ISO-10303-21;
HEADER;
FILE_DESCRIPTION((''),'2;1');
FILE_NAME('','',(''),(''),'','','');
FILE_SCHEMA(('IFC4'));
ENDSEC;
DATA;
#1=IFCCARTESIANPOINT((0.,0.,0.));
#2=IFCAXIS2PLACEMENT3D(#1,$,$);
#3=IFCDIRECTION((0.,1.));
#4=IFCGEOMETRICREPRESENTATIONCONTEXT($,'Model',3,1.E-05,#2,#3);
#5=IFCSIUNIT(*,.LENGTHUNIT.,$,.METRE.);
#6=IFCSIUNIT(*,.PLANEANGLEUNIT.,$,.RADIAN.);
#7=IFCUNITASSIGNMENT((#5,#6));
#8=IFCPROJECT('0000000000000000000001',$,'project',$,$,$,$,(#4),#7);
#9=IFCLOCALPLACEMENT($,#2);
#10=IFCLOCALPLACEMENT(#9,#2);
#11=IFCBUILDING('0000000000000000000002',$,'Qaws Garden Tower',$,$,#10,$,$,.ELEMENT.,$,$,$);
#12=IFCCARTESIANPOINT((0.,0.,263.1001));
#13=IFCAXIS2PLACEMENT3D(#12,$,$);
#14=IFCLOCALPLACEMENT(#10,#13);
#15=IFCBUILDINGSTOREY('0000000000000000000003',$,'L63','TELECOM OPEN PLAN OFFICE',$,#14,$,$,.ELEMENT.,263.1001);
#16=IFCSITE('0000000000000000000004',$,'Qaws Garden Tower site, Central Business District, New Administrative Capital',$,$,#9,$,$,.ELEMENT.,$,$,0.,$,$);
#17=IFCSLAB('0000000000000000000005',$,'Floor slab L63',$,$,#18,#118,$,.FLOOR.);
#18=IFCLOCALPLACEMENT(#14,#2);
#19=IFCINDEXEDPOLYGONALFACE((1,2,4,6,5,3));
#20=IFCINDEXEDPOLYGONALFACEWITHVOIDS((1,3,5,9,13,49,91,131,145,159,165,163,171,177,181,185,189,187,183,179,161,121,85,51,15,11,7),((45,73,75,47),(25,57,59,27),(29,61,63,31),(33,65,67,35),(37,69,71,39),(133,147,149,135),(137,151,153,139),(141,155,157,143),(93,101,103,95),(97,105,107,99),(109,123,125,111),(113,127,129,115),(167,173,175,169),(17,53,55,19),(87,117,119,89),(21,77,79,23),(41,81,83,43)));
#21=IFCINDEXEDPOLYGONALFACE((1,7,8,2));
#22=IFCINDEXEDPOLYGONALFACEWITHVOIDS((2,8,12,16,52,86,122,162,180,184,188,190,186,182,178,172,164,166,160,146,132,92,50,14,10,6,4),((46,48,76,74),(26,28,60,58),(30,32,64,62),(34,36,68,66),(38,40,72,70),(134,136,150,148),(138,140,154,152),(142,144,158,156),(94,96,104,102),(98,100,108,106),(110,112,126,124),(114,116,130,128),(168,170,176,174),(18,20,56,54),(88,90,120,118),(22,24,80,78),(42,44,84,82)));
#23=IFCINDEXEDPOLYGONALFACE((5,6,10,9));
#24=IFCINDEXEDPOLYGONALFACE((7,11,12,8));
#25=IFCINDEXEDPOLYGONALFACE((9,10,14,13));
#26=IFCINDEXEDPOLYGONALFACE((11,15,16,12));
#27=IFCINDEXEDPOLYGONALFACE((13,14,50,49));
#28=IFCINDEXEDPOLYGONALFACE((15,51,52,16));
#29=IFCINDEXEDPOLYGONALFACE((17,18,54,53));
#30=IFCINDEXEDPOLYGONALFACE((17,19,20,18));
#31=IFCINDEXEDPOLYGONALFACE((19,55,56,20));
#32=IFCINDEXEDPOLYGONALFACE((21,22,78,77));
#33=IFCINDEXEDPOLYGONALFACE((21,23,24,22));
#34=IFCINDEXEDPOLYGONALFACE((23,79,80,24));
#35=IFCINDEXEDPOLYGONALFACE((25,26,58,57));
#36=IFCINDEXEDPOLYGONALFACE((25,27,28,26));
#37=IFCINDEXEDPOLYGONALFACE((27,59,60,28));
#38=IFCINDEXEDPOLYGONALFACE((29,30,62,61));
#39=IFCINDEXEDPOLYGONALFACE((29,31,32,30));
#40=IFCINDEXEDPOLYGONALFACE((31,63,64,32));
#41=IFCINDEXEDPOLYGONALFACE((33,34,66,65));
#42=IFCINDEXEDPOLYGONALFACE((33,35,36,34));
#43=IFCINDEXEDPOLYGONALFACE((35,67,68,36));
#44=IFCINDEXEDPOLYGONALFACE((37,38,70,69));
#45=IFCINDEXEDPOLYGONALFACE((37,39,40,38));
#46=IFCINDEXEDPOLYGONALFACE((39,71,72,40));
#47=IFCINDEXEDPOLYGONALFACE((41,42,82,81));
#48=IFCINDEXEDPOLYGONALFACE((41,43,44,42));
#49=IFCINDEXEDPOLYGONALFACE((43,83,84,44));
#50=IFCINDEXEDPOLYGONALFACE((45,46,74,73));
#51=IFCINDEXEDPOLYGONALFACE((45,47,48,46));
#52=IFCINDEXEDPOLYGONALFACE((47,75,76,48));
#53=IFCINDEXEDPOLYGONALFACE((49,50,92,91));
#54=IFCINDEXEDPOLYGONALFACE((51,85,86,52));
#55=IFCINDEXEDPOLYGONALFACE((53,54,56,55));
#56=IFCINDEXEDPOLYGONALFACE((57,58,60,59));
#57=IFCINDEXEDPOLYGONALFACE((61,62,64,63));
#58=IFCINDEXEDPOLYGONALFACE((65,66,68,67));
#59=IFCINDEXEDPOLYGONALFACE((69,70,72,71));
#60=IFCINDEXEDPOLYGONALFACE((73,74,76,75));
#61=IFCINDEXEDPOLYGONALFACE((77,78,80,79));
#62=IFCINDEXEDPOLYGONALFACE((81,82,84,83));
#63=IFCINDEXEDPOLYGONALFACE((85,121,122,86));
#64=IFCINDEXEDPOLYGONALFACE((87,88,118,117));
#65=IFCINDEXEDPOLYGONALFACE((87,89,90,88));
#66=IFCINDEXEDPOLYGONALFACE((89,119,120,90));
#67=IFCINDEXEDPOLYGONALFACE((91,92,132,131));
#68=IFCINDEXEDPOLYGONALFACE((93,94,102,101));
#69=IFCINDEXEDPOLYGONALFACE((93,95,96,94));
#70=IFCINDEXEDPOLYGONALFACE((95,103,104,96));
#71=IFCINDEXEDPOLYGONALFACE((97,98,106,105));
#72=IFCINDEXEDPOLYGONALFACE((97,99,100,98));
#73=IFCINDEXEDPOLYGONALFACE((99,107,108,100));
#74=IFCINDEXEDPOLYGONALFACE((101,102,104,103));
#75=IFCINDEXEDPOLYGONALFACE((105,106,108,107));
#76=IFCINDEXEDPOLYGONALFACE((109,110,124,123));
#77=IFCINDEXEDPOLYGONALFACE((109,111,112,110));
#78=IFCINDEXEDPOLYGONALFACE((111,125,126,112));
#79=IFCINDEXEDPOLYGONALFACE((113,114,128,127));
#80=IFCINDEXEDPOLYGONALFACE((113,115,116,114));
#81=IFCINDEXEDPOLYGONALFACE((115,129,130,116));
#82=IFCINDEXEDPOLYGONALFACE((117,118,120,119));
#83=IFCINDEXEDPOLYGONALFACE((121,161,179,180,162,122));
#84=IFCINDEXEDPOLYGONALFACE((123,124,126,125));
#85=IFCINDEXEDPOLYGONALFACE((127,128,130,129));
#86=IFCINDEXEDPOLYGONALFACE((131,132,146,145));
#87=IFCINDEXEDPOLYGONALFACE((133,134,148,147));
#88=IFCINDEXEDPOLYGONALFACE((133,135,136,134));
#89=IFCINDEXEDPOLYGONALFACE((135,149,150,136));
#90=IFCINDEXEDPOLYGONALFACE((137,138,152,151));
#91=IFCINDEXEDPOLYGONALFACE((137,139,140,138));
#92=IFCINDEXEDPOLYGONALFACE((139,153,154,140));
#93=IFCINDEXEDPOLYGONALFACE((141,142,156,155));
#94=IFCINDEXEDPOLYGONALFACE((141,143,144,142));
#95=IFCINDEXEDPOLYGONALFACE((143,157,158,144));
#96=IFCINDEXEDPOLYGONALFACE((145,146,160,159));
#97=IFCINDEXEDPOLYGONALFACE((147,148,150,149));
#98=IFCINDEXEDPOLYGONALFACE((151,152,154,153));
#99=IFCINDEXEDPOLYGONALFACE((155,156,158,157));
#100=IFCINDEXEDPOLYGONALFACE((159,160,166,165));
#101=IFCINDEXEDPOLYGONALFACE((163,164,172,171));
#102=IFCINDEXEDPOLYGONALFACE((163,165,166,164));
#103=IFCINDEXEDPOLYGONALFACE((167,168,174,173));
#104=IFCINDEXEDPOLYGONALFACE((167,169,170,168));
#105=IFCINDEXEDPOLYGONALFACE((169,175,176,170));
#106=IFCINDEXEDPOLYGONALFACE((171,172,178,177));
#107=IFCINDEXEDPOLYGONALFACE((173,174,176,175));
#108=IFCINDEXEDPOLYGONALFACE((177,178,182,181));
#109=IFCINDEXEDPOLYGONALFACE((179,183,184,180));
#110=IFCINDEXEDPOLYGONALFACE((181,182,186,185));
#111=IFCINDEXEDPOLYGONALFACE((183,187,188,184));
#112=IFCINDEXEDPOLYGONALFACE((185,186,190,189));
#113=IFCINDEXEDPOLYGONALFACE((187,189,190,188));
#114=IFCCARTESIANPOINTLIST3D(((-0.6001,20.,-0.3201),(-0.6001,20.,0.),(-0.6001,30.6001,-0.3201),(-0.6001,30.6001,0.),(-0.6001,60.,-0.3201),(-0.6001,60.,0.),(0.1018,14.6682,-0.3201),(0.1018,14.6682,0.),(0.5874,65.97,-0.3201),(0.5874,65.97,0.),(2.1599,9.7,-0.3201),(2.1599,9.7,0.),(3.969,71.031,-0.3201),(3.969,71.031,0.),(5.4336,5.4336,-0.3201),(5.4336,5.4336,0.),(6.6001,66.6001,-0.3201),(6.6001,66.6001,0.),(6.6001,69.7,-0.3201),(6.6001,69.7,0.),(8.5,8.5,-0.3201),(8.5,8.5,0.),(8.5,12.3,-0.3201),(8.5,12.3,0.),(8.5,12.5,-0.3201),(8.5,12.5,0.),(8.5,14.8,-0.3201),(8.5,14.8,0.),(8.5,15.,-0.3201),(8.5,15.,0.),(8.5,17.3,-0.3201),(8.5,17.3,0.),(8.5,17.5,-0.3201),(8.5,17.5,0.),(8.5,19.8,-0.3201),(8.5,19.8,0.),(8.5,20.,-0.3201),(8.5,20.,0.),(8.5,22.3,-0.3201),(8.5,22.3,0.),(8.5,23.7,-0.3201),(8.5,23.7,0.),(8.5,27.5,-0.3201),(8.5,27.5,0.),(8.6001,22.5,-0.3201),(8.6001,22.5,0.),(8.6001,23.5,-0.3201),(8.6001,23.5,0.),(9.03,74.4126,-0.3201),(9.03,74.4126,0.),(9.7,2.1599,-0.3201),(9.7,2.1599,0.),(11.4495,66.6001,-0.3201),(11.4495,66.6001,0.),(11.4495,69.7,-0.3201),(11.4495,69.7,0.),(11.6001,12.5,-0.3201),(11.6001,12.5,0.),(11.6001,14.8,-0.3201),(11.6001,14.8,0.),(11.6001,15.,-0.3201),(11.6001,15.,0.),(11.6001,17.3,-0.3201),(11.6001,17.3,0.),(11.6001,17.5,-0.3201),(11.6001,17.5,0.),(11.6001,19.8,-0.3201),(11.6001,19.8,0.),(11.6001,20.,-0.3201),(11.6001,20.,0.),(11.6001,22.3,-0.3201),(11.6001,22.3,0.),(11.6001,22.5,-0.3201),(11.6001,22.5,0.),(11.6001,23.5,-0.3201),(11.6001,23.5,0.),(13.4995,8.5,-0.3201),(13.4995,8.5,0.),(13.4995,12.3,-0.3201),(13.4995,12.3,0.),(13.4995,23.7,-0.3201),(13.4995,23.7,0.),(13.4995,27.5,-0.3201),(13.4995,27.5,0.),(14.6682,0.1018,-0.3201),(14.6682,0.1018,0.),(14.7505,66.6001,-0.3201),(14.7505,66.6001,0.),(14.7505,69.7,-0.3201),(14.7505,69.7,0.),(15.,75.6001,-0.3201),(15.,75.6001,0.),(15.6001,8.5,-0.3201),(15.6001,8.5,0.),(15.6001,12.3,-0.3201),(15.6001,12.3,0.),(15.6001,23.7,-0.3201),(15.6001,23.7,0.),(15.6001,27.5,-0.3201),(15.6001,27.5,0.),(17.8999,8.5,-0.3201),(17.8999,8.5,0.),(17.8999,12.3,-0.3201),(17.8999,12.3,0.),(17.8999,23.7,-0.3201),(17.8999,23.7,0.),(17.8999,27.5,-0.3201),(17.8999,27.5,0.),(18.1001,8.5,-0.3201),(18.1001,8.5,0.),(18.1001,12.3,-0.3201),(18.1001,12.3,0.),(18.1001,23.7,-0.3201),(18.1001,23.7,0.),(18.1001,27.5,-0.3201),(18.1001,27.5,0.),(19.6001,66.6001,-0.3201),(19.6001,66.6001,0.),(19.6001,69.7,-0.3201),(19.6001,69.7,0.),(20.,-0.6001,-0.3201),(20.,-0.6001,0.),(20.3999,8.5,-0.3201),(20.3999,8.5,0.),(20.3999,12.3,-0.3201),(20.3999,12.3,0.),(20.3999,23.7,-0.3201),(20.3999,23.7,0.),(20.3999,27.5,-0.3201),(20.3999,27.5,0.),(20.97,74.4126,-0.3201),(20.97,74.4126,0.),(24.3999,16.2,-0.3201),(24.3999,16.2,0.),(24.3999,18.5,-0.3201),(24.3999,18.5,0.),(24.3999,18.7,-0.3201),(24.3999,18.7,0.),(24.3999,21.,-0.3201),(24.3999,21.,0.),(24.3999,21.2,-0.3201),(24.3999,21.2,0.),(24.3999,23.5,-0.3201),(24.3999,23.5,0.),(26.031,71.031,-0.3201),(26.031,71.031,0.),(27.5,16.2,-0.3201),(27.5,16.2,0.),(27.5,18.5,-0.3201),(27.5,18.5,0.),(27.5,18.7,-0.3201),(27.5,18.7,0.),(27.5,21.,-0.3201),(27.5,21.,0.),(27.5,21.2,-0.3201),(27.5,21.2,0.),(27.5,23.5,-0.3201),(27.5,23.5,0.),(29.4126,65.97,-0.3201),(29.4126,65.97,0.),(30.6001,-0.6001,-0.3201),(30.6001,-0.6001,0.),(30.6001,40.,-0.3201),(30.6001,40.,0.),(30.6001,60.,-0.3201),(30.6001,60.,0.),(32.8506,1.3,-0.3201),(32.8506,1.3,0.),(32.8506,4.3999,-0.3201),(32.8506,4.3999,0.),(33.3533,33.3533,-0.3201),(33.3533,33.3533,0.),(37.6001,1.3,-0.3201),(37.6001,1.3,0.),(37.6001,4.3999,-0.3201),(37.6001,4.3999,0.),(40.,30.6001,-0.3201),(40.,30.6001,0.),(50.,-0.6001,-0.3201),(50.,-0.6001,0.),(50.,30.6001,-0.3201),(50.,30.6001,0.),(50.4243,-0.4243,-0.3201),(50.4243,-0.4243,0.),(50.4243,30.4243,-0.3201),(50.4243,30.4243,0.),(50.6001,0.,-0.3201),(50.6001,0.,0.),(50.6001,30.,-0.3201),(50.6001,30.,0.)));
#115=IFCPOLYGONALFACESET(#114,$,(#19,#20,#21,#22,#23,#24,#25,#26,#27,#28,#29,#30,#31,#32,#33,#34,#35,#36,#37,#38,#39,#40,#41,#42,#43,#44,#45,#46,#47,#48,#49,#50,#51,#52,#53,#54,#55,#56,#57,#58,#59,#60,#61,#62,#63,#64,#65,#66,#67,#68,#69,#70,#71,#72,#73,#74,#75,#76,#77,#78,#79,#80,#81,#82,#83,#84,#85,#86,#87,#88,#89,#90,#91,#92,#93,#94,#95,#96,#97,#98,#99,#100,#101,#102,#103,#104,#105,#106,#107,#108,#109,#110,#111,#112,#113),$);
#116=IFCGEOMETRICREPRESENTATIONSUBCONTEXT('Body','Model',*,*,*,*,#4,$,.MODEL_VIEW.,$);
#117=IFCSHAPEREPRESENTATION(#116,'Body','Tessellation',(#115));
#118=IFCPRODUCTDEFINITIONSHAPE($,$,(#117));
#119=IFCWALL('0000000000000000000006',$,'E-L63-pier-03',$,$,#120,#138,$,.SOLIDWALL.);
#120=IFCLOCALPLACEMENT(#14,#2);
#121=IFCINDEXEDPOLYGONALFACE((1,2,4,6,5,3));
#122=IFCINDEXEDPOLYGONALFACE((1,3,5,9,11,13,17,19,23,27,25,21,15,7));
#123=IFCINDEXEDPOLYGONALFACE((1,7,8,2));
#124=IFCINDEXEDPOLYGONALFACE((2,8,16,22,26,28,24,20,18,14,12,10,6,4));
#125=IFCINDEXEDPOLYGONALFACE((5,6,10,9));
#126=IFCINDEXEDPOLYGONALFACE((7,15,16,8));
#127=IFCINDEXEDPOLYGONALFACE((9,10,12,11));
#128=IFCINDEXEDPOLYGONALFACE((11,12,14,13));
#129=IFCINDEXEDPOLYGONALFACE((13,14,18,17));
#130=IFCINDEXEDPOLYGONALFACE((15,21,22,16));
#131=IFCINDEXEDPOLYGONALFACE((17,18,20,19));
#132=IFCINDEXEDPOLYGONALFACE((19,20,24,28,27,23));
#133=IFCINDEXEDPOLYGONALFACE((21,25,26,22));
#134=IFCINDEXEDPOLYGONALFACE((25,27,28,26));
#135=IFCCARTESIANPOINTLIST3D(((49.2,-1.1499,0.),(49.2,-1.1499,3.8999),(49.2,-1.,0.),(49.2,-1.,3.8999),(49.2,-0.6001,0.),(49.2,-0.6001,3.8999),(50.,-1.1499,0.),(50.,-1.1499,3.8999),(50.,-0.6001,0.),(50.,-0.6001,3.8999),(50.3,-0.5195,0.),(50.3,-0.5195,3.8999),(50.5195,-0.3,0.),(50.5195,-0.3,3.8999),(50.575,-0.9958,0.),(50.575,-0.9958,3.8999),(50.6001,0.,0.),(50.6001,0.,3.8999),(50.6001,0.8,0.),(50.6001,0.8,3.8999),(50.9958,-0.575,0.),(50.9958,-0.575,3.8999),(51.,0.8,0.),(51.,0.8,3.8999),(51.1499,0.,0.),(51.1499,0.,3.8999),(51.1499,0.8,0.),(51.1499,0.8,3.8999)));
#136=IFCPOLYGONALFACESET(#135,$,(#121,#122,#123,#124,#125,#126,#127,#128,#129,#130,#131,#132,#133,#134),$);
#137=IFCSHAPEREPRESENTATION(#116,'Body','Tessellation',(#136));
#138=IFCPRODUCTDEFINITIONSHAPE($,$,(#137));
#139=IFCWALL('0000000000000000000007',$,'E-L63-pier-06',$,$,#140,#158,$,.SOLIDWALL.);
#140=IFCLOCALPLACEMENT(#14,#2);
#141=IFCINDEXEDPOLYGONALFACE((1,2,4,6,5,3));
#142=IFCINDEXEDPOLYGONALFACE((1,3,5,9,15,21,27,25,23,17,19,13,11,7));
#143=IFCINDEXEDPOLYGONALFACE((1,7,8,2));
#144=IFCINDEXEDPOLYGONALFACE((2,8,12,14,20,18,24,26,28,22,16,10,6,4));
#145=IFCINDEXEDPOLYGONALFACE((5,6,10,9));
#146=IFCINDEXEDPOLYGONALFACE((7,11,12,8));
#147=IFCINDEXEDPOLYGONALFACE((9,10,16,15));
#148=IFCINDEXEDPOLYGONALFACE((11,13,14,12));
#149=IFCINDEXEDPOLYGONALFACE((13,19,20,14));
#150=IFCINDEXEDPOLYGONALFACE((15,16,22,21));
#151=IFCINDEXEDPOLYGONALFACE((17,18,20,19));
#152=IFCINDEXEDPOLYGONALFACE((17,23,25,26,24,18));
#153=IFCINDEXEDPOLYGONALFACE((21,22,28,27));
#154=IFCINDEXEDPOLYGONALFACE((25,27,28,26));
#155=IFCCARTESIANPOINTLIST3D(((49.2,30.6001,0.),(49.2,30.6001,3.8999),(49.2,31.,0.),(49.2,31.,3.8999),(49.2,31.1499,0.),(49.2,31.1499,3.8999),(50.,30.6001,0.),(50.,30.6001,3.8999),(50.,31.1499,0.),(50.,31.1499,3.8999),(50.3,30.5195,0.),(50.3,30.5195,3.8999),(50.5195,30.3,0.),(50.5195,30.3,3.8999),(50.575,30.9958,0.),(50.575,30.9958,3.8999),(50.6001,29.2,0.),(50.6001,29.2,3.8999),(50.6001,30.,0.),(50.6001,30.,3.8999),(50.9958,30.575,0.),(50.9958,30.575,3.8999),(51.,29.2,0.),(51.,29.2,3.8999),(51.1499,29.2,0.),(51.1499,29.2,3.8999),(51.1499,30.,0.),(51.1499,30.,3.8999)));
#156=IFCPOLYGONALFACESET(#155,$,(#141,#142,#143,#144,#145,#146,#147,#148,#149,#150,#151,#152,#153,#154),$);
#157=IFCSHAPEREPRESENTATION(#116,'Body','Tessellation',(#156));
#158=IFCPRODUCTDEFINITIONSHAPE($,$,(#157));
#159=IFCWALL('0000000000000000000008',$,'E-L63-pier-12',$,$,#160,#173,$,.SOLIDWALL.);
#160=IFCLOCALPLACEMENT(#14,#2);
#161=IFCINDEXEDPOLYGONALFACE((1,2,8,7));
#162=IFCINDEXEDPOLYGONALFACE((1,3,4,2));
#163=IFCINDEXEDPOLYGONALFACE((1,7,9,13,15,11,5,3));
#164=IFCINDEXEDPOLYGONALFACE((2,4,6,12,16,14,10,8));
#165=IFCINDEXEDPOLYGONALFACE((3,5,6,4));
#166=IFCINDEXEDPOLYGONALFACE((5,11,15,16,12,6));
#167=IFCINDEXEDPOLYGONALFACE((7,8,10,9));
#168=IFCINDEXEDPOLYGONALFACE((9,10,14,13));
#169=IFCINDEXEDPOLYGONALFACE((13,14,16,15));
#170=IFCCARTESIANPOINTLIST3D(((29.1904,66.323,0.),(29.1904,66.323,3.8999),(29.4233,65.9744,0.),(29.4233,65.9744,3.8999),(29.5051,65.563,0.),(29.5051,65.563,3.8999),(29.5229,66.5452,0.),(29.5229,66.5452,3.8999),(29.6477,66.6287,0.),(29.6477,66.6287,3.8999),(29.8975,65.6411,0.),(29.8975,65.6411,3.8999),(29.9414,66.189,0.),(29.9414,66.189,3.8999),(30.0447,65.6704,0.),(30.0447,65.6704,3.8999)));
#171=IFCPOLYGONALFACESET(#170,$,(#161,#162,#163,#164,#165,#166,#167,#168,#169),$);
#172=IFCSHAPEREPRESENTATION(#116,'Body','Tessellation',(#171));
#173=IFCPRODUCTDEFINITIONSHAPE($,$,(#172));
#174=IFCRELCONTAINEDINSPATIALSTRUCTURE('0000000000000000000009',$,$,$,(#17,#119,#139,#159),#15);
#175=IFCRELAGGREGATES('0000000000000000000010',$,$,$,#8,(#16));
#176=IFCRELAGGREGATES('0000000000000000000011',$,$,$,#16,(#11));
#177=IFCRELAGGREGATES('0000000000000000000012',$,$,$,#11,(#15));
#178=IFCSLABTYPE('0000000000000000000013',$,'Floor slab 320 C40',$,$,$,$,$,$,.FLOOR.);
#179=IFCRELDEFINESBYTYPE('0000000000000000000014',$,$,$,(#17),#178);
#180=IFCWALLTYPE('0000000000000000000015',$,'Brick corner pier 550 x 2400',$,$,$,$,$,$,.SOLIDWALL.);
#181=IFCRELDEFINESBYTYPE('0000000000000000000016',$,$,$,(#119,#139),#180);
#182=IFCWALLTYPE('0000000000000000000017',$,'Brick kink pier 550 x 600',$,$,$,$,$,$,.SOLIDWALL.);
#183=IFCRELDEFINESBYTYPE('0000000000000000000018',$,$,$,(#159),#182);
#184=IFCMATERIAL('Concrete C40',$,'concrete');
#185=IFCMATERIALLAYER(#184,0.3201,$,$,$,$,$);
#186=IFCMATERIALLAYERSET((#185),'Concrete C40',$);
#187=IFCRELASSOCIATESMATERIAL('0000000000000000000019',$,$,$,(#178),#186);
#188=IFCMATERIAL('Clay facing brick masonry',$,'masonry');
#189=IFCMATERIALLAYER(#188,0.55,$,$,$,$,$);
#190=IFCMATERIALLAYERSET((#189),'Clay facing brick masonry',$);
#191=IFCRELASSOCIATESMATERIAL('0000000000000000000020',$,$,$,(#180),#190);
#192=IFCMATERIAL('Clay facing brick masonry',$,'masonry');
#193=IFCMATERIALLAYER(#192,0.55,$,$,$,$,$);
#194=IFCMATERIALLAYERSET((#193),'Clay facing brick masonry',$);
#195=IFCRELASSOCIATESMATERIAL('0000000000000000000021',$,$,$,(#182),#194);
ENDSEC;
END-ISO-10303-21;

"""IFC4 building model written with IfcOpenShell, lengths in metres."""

from ifc_helpers import new_model, si_unit, direction, frame, origin, place, context, subcontext, project, spatial, polyline, outline, extrude, material, layer, layer_set, type_object, element, save


model = new_model("IFC4")

# Units and contexts
model_context = context("Model", 3, precision=1e-05, world=origin(), true_north=direction((0.0, 1.0)))
body_context = subcontext(model_context, "Body", "Model", "MODEL_VIEW")
ifc_project = project(units=[si_unit("LENGTHUNIT", "METRE"), si_unit("PLANEANGLEUNIT", "RADIAN")], contexts=[model_context])

# Site, building, storey
site_placement = place(None, origin())
site = spatial("IfcSite", under=ifc_project, at=site_placement, Name="Qaws Garden Tower site, Central Business District, New Administrative Capital", CompositionType="ELEMENT", RefElevation=0.0)
building_placement = place(site_placement, origin())
building = spatial("IfcBuilding", under=site, at=building_placement, Name="Qaws Garden Tower", CompositionType="ELEMENT")
storey_placement = place(building_placement, frame((0.0, 0.0, 263.1001)))
storey = spatial("IfcBuildingStorey", under=building, at=storey_placement, Name="L63", Description="TELECOM OPEN PLAN OFFICE", CompositionType="ELEMENT", Elevation=263.1001)

# Slab
ifc_material_1 = material(Name="Concrete C40", Category="concrete")
ifc_layer_1 = layer(ifc_material_1, 0.3201)
ifc_layer_set_1 = layer_set([ifc_layer_1], Name="Concrete C40")
slab_type = type_object("IfcSlabType", Name="Floor slab 320 C40", PredefinedType="FLOOR", material=ifc_layer_set_1)
slab_placement = place(storey_placement, frame((0.0, 0.0, -0.3201)))
element("IfcSlab", 1, at=slab_placement, inside=storey, type_object=slab_type, Name="Floor slab L63", PredefinedType="FLOOR", context=body_context, shape_type="SweptSolid", body=[
    extrude(outline(polyline([(0.1018, 14.6682), (-0.6001, 20.0), (-0.6001, 30.6001), (-0.6001, 60.0), (-0.6001, 60.0), (0.5874, 65.97), (3.969, 71.031), (9.03, 74.4126), (15.0, 75.6001), (20.97, 74.4126), (26.031, 71.031), (29.4126, 65.97), (30.6001, 60.0), (30.6001, 40.0), (33.3533, 33.3533), (40.0, 30.6001), (50.0, 30.6001), (50.4243, 30.4243), (50.6001, 30.0), (50.6001, 0.0), (50.4243, -0.4243), (50.0, -0.6001), (30.6001, -0.6001), (20.0, -0.6001), (14.6682, 0.1018), (9.7, 2.1599), (5.4336, 5.4336), (2.1599, 9.7), (0.1018, 14.6682)]), holes=[polyline([(13.4995, 12.3), (8.5, 12.3), (8.5, 8.5), (13.4995, 8.5), (13.4995, 12.3)]), polyline([(17.8999, 12.3), (15.6001, 12.3), (15.6001, 8.5), (17.8999, 8.5), (17.8999, 12.3)]), polyline([(11.6001, 14.8), (8.5, 14.8), (8.5, 12.5), (11.6001, 12.5), (11.6001, 14.8)]), polyline([(11.6001, 17.3), (8.5, 17.3), (8.5, 15.0), (11.6001, 15.0), (11.6001, 17.3)]), polyline([(11.6001, 19.8), (8.5, 19.8), (8.5, 17.5), (11.6001, 17.5), (11.6001, 19.8)]), polyline([(11.6001, 22.3), (8.5, 22.3), (8.5, 20.0), (11.6001, 20.0), (11.6001, 22.3)]), polyline([(11.6001, 23.5), (8.6001, 23.5), (8.6001, 22.5), (11.6001, 22.5), (11.6001, 23.5)]), polyline([(13.4995, 27.5), (8.5, 27.5), (8.5, 23.7), (13.4995, 23.7), (13.4995, 27.5)]), polyline([(11.4495, 69.7), (6.6001, 69.7), (6.6001, 66.6001), (11.4495, 66.6001), (11.4495, 69.7)]), polyline([(37.6001, 4.3999), (32.8506, 4.3999), (32.8506, 1.3), (37.6001, 1.3), (37.6001, 4.3999)]), polyline([(20.3999, 12.3), (18.1001, 12.3), (18.1001, 8.5), (20.3999, 8.5), (20.3999, 12.3)]), polyline([(27.5, 18.5), (24.3999, 18.5), (24.3999, 16.2), (27.5, 16.2), (27.5, 18.5)]), polyline([(27.5, 21.0), (24.3999, 21.0), (24.3999, 18.7), (27.5, 18.7), (27.5, 21.0)]), polyline([(27.5, 23.5), (24.3999, 23.5), (24.3999, 21.2), (27.5, 21.2), (27.5, 23.5)]), polyline([(17.8999, 27.5), (15.6001, 27.5), (15.6001, 23.7), (17.8999, 23.7), (17.8999, 27.5)]), polyline([(20.3999, 23.7), (20.3999, 27.5), (18.1001, 27.5), (18.1001, 23.7), (20.3999, 23.7)]), polyline([(19.6001, 66.6001), (19.6001, 69.7), (14.7505, 69.7), (14.7505, 66.6001), (19.6001, 66.6001)])]), origin(), (0.0, 0.0, 1.0), 0.3201),
])

# Walls
ifc_material_2 = material(Name="Clay facing brick masonry", Category="masonry")
ifc_layer_2 = layer(ifc_material_2, 0.55)
ifc_layer_set_2 = layer_set([ifc_layer_2], Name="Clay facing brick masonry")
wall_type_1 = type_object("IfcWallType", Name="Brick corner pier 550 x 2400", PredefinedType="SOLIDWALL", material=ifc_layer_set_2)
placement = place(storey_placement, origin())
element("IfcWall", 2, at=placement, inside=storey, type_object=wall_type_1, Name="E-L63-pier-03", PredefinedType="SOLIDWALL", context=body_context, shape_type="SweptSolid", body=[
    extrude(outline(polyline([(49.2, -1.0), (49.2, -1.1499), (50.0, -1.1499), (50.575, -0.9958), (50.9958, -0.575), (51.1499, 0.0), (51.1499, 0.8), (51.0, 0.8), (50.6001, 0.8), (50.6001, 0.0), (50.5195, -0.3), (50.3, -0.5195), (50.0, -0.6001), (49.2, -0.6001), (49.2, -1.0)])), origin(), (0.0, 0.0, 1.0), 3.8999),
])
element("IfcWall", 3, at=placement, inside=storey, type_object=wall_type_1, Name="E-L63-pier-06", PredefinedType="SOLIDWALL", context=body_context, shape_type="SweptSolid", body=[
    extrude(outline(polyline([(51.0, 29.2), (51.1499, 29.2), (51.1499, 30.0), (50.9958, 30.575), (50.575, 30.9958), (50.0, 31.1499), (49.2, 31.1499), (49.2, 31.0), (49.2, 30.6001), (50.0, 30.6001), (50.3, 30.5195), (50.5195, 30.3), (50.6001, 30.0), (50.6001, 29.2), (51.0, 29.2)])), origin(), (0.0, 0.0, 1.0), 3.8999),
])
ifc_material_3 = material(Name="Clay facing brick masonry", Category="masonry")
ifc_layer_3 = layer(ifc_material_3, 0.55)
ifc_layer_set_3 = layer_set([ifc_layer_3], Name="Clay facing brick masonry")
wall_type_2 = type_object("IfcWallType", Name="Brick kink pier 550 x 600", PredefinedType="SOLIDWALL", material=ifc_layer_set_3)
element("IfcWall", 4, at=placement, inside=storey, type_object=wall_type_2, Name="E-L63-pier-12", PredefinedType="SOLIDWALL", context=body_context, shape_type="SweptSolid", body=[
    extrude(outline(polyline([(29.8975, 65.6411), (30.0447, 65.6704), (29.9414, 66.189), (29.6477, 66.6287), (29.5229, 66.5452), (29.1904, 66.323), (29.4233, 65.9744), (29.5051, 65.563), (29.8975, 65.6411)])), origin(), (0.0, 0.0, 1.0), 3.8999),
])

save(model, "model.ifc")
